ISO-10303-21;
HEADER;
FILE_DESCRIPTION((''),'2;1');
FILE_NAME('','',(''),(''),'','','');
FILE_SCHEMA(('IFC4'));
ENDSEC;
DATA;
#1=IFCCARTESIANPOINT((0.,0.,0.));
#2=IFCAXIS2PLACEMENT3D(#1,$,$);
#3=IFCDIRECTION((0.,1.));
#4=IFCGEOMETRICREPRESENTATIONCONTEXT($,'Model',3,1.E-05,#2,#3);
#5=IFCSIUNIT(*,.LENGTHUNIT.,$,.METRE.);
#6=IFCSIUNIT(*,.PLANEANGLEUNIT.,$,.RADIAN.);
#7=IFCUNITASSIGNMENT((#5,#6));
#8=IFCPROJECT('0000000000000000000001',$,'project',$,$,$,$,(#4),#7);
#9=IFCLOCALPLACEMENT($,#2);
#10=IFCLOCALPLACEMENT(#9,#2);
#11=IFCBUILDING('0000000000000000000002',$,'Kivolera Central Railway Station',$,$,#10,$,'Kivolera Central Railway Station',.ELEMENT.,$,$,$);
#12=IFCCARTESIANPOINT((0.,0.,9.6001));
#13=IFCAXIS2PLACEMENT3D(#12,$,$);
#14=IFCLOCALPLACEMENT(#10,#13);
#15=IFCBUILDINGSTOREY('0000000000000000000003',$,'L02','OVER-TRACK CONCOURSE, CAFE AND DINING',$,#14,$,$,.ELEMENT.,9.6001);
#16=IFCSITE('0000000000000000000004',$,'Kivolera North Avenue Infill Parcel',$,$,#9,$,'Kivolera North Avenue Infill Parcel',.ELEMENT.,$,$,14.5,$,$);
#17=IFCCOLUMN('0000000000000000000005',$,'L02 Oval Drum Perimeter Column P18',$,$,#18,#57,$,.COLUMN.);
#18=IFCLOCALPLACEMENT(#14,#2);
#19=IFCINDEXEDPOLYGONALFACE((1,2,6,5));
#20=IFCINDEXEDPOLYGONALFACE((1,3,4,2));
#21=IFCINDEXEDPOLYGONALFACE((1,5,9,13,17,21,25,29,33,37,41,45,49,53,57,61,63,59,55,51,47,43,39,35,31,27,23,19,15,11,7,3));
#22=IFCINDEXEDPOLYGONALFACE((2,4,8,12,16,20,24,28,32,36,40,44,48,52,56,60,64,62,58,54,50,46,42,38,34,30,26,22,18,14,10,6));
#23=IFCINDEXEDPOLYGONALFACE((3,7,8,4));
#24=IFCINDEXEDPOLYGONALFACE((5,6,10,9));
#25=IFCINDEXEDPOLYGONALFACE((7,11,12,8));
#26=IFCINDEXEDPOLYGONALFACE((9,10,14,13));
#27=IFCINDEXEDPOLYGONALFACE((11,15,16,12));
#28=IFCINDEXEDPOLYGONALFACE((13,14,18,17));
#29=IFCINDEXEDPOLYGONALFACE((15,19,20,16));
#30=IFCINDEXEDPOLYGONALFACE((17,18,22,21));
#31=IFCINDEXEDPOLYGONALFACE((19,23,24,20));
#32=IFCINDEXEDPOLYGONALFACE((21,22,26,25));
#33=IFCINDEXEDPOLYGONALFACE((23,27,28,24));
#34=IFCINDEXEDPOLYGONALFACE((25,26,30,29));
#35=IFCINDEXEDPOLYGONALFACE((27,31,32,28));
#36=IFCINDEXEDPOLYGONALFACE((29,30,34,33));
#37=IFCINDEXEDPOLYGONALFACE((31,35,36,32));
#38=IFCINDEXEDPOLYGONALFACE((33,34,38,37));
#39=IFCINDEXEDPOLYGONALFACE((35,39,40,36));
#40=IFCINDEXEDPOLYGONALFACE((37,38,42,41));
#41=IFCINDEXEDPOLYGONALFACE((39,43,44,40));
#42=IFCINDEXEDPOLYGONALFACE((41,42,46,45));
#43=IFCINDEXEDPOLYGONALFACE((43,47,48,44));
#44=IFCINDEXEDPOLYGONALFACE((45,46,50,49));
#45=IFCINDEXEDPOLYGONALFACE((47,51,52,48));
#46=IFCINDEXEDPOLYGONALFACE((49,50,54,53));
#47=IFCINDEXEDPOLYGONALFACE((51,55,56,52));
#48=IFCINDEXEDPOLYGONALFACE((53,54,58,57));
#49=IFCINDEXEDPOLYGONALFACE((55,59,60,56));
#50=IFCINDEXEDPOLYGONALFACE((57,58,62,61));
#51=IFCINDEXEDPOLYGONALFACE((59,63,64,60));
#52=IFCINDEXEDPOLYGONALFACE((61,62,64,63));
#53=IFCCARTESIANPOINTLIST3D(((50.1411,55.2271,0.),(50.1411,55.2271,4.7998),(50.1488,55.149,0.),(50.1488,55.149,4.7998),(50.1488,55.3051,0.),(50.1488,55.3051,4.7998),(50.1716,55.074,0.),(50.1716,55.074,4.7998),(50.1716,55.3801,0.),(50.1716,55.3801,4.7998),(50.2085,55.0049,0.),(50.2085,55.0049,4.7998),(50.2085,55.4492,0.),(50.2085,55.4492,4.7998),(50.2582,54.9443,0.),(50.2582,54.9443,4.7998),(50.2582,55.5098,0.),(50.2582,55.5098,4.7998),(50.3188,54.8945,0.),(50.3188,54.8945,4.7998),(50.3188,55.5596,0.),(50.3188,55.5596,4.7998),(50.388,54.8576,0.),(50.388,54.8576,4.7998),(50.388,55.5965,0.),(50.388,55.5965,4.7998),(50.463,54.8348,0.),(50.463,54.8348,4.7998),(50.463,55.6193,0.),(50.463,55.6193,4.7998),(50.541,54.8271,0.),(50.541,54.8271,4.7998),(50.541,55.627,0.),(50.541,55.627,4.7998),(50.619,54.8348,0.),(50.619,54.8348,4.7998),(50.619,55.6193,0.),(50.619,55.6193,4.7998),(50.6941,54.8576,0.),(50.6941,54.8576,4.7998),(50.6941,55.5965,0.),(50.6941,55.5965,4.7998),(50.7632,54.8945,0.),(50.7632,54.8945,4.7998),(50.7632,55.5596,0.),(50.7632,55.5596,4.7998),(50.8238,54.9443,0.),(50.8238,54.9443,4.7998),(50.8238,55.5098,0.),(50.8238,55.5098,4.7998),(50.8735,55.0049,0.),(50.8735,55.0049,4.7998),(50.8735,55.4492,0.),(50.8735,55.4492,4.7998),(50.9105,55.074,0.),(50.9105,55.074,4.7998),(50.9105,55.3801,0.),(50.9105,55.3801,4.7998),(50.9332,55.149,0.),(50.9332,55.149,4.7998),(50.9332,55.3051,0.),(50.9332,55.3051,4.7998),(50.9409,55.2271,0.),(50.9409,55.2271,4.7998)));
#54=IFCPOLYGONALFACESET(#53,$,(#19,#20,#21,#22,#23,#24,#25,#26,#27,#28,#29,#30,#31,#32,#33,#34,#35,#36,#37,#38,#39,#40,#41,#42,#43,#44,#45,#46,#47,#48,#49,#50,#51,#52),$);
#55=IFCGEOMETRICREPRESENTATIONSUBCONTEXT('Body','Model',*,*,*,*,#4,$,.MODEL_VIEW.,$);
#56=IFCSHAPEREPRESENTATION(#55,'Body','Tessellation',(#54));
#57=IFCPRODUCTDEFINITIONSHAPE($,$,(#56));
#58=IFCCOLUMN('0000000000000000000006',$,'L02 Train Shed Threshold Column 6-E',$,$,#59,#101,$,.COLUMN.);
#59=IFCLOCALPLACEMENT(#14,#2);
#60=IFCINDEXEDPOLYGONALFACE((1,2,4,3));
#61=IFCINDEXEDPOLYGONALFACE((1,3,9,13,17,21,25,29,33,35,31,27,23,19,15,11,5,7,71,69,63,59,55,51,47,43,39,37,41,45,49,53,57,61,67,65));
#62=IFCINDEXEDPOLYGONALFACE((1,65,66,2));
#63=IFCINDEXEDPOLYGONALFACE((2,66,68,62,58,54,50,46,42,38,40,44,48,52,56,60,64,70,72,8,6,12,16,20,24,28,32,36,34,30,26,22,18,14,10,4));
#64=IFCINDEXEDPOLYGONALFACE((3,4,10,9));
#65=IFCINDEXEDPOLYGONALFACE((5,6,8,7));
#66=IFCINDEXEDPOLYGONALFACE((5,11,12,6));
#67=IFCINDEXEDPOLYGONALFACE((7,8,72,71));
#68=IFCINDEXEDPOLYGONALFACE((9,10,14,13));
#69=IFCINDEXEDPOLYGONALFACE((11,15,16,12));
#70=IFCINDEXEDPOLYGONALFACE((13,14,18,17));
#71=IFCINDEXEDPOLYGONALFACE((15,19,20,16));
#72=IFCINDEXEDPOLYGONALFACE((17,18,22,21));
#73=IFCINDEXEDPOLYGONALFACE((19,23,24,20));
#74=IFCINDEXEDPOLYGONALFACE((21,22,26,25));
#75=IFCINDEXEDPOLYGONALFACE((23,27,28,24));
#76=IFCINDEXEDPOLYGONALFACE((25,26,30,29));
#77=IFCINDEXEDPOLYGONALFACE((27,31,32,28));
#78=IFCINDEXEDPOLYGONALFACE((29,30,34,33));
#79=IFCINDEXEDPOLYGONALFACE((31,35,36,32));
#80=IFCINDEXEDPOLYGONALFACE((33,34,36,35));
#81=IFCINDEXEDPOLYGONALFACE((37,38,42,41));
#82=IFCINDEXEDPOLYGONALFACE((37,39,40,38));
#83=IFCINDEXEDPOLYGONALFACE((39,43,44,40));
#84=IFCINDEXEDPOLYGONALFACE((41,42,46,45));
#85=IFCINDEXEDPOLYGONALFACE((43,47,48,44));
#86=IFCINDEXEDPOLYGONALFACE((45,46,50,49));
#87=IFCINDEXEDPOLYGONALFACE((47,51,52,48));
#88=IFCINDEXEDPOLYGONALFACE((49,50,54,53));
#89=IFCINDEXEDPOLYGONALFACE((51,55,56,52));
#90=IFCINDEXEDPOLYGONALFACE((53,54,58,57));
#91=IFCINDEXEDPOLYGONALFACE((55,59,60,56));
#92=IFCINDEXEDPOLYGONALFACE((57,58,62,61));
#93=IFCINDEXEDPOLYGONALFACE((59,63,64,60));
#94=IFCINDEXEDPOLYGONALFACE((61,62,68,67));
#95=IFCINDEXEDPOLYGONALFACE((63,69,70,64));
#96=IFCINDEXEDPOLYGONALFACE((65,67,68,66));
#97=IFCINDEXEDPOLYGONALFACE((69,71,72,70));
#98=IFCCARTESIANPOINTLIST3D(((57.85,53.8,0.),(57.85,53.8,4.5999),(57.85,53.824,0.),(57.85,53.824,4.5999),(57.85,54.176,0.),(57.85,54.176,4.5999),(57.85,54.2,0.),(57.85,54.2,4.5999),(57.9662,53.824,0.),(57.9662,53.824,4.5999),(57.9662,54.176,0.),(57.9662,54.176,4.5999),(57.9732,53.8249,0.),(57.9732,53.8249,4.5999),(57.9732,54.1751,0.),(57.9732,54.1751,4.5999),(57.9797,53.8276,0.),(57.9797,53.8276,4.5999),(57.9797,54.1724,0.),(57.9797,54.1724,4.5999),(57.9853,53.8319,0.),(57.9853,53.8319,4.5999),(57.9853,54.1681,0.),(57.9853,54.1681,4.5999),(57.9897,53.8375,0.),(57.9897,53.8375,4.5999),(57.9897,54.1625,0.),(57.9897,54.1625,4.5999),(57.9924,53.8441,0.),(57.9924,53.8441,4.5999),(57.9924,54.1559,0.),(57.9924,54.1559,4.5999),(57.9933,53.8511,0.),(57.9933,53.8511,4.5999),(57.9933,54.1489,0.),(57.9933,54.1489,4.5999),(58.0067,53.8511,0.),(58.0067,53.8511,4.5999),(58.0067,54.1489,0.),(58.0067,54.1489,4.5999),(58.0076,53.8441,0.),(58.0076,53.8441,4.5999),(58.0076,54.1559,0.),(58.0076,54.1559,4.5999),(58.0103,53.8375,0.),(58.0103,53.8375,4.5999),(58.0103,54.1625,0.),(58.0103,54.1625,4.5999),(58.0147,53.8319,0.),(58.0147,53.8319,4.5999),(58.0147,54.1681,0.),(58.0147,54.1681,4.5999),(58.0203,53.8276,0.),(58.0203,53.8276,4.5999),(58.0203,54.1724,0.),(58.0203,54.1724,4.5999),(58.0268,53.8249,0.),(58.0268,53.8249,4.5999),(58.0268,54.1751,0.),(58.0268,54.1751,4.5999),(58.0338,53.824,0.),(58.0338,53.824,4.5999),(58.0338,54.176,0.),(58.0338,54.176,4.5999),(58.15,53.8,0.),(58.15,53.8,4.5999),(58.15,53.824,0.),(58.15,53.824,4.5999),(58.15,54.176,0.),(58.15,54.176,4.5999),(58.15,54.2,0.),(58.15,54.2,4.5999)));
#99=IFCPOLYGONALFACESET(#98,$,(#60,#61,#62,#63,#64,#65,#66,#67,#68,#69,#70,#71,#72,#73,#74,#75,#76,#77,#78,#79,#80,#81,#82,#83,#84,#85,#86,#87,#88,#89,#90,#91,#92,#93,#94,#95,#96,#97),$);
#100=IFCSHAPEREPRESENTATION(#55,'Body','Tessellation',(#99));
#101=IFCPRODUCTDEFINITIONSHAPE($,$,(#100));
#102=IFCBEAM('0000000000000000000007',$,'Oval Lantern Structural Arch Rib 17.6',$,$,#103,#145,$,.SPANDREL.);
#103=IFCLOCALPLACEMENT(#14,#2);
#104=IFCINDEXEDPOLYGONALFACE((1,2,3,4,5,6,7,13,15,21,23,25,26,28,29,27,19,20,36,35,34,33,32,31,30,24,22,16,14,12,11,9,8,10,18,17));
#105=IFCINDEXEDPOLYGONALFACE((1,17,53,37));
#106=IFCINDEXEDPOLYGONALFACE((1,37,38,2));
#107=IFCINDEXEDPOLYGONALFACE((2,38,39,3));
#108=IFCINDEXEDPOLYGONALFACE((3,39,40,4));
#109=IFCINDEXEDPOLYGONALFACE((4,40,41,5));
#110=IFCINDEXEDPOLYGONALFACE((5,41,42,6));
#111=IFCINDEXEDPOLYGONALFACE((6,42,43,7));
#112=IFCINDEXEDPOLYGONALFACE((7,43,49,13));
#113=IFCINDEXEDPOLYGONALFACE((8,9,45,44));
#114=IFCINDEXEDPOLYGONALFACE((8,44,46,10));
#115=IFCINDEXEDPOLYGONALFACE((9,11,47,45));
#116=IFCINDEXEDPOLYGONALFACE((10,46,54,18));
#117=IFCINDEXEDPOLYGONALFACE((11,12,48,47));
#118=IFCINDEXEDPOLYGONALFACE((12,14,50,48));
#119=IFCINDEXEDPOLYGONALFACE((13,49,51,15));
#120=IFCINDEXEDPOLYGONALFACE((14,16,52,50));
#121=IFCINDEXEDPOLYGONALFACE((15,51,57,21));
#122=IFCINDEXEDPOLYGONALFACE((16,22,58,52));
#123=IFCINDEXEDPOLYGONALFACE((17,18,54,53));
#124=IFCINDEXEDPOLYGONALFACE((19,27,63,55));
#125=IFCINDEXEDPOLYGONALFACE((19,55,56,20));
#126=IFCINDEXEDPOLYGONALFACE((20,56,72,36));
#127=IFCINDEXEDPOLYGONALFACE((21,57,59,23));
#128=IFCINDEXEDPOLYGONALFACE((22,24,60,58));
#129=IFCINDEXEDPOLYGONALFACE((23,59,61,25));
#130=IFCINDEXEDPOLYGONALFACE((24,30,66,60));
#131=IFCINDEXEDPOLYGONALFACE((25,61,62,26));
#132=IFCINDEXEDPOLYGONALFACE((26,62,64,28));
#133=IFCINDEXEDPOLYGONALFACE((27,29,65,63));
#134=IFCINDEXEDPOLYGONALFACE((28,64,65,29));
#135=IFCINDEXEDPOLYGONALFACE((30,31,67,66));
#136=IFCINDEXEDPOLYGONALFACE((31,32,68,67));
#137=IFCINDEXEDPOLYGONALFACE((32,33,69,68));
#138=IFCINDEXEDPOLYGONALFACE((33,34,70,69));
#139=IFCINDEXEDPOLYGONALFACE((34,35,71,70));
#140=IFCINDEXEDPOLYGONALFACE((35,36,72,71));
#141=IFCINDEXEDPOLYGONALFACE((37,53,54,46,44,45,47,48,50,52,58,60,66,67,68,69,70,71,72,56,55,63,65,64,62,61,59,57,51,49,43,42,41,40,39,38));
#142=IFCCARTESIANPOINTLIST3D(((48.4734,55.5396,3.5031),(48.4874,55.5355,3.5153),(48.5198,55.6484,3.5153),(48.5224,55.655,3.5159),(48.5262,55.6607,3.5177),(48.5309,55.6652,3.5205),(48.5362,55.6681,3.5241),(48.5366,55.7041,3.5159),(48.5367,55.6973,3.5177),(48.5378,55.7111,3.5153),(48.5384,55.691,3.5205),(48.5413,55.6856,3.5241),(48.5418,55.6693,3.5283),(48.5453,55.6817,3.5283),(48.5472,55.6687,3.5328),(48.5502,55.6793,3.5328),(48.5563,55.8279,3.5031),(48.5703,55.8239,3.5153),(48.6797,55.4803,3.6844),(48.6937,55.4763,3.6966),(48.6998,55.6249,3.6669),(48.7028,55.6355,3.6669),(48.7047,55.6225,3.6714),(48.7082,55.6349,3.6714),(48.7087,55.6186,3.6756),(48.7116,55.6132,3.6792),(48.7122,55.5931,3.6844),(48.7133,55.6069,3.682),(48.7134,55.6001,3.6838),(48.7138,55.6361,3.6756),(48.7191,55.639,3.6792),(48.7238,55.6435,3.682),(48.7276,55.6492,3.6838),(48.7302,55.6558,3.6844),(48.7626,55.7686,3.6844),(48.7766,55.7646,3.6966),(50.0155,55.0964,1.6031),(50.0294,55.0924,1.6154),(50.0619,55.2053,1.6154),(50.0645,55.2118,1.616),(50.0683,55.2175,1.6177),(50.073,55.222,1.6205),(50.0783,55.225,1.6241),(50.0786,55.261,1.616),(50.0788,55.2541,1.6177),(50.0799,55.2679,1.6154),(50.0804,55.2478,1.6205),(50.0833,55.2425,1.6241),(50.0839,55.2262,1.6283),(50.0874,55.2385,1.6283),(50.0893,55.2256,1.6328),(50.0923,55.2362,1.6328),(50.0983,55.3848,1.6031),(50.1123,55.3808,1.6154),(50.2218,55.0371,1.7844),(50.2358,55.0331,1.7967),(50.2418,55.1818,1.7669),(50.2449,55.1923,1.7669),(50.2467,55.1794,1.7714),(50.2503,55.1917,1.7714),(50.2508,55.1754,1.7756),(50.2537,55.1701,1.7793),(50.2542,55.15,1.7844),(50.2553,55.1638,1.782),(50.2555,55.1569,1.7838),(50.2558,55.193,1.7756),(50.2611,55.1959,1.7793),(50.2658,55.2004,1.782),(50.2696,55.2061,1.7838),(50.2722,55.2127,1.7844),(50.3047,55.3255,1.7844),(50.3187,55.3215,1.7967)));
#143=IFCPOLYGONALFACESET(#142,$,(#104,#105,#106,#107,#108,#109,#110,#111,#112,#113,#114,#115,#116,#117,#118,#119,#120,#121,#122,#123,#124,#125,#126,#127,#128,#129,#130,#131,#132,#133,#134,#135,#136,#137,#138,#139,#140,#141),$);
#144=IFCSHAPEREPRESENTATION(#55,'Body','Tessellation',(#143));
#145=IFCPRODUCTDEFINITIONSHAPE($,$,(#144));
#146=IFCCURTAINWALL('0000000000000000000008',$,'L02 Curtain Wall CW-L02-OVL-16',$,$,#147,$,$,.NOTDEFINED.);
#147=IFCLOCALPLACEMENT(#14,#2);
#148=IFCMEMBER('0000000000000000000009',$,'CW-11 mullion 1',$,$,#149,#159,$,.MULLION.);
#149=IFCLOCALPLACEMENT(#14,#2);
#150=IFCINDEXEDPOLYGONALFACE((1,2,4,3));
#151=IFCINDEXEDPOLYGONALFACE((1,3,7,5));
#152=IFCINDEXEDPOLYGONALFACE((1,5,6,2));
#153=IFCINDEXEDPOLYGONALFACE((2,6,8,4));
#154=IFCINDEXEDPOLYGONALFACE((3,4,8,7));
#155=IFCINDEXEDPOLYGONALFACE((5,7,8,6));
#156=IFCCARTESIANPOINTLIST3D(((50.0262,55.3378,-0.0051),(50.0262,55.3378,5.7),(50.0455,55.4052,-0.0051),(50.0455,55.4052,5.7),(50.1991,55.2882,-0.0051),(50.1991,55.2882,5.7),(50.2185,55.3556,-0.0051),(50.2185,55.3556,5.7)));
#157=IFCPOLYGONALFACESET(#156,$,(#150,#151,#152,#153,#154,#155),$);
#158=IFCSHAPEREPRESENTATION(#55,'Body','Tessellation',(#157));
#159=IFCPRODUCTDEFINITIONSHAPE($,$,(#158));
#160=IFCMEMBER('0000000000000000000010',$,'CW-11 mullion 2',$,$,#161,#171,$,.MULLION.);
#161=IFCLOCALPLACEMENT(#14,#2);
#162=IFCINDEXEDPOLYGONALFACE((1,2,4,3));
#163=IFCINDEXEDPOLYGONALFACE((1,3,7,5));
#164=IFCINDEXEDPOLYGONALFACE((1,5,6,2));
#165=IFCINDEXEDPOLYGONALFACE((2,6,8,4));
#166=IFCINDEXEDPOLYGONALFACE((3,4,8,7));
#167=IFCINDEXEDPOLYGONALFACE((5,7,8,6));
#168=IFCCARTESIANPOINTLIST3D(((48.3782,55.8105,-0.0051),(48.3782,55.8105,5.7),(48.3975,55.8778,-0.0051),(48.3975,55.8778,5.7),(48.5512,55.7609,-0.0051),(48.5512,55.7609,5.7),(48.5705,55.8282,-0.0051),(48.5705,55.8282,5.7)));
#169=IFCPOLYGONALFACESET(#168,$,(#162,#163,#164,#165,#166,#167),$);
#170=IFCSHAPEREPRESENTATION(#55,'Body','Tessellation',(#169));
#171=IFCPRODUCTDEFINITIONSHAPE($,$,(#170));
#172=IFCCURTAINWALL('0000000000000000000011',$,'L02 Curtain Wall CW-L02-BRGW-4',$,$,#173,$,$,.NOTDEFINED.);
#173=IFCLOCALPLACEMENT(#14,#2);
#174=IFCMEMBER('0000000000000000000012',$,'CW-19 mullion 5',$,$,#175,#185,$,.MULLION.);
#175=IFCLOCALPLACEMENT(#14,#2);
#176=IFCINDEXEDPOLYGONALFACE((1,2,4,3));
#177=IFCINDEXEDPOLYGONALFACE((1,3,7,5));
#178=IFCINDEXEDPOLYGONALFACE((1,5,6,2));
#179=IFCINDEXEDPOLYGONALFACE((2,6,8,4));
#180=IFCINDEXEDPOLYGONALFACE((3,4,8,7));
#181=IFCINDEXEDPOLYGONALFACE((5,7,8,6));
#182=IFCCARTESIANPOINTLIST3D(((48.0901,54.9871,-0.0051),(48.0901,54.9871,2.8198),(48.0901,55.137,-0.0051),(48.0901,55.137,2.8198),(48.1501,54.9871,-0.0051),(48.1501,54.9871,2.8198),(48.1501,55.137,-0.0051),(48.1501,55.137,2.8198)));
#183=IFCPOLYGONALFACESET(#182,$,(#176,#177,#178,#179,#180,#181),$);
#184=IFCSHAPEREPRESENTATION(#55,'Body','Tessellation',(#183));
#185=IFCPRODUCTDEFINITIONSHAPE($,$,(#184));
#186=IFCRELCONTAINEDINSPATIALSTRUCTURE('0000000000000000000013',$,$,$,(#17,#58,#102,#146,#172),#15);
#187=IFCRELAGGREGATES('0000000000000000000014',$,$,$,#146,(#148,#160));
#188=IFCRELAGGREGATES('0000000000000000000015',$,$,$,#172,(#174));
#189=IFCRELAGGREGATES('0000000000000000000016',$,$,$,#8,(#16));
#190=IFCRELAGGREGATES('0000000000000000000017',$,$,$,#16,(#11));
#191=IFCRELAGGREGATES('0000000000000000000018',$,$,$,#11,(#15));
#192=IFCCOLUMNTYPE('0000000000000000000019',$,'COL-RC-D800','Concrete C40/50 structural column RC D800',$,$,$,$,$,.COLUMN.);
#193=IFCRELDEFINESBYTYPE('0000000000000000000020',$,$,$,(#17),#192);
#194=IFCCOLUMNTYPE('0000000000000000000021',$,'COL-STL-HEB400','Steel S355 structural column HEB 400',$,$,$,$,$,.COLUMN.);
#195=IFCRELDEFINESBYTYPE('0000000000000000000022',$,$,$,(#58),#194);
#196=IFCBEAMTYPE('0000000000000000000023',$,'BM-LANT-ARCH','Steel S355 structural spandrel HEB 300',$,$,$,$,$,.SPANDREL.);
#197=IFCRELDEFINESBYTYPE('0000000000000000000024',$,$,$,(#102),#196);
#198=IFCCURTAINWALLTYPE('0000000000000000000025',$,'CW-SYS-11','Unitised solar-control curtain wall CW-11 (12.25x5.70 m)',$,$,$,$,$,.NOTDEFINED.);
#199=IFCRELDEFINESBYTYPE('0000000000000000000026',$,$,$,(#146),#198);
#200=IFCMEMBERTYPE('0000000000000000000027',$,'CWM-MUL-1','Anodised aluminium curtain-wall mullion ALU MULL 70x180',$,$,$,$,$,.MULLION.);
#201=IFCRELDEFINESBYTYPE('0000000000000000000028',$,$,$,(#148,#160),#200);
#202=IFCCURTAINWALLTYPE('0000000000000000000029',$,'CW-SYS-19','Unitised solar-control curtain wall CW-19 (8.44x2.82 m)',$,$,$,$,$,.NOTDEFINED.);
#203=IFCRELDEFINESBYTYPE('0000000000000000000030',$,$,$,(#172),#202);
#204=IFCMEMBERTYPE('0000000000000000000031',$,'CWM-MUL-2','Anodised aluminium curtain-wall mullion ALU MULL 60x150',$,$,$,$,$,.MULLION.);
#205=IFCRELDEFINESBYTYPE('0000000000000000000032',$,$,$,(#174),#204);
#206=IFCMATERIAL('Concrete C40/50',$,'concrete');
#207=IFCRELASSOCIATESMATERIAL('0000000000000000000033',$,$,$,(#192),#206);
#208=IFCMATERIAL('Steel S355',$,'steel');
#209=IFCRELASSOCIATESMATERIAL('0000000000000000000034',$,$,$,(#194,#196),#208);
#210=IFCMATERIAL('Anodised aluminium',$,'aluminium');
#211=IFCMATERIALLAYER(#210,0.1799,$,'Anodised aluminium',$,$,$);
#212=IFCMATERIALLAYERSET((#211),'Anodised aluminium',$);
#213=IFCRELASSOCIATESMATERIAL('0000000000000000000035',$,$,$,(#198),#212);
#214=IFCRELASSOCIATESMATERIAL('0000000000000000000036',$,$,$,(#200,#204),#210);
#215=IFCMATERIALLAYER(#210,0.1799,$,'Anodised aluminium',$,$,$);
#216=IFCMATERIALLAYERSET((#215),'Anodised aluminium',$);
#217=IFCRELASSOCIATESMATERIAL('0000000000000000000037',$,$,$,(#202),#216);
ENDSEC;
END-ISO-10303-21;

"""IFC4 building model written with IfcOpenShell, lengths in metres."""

from ifc_helpers import new_model, si_unit, direction, frame, origin, origin_2d, place, context, subcontext, project, spatial, rectangle, circle, i_section, extrude, material, layer, layer_set, material_profile, profile_set, type_object, element, aggregate, save


model = new_model("IFC4")

# Units and contexts
model_context = context("Model", 3, precision=1e-05, world=origin(), true_north=direction((0.0, 1.0)))
body_context = subcontext(model_context, "Body", "Model", "MODEL_VIEW")
ifc_project = project(units=[si_unit("LENGTHUNIT", "METRE"), si_unit("PLANEANGLEUNIT", "RADIAN")], contexts=[model_context])

# Site, building, storey
site_placement = place(None, origin())
site = spatial("IfcSite", under=ifc_project, at=site_placement, Name="Kivolera North Avenue Infill Parcel", LongName="Kivolera North Avenue Infill Parcel", CompositionType="ELEMENT", RefElevation=14.5)
building_placement = place(site_placement, origin())
building = spatial("IfcBuilding", under=site, at=building_placement, Name="Kivolera Central Railway Station", LongName="Kivolera Central Railway Station", CompositionType="ELEMENT")
storey_placement = place(building_placement, frame((0.0, 0.0, 9.6001)))
storey = spatial("IfcBuildingStorey", under=building, at=storey_placement, Name="L02", Description="OVER-TRACK CONCOURSE, CAFE AND DINING", CompositionType="ELEMENT", Elevation=9.6001)

# Columns
ifc_material_1 = material(Name="Concrete C40/50", Category="concrete")
ifc_material_profile_1 = material_profile(ifc_material_1, circle(Radius=0.3999, at=origin_2d()), Name="RC D800")
ifc_profile_set_1 = profile_set([ifc_material_profile_1], Name="Concrete C40/50")
column_type_1 = type_object("IfcColumnType", Name="COL-RC-D800", Description="Concrete C40/50 structural column RC D800", PredefinedType="COLUMN", material=ifc_profile_set_1)
column_1_placement = place(storey_placement, frame((50.541, 55.2271, 0.0), z_axis=(0.0, 0.0, 1.0), x_axis=(1.0, 0.0, 0.0)))
element("IfcColumn", 1, at=column_1_placement, inside=storey, type_object=column_type_1, Name="L02 Oval Drum Perimeter Column P18", PredefinedType="COLUMN", context=body_context, shape_type="SweptSolid", body=[
    extrude(circle(Radius=0.3999, at=origin_2d()), origin(), (0.0, 0.0, 1.0), 4.7998),
])
ifc_material_2 = material(Name="Steel S355", Category="steel")
ifc_material_profile_2 = material_profile(ifc_material_2, i_section(OverallWidth=0.3, OverallDepth=0.3999, WebThickness=0.0134, FlangeThickness=0.0239, FilletRadius=0.0271, at=origin_2d()), Name="HEB 400")
ifc_profile_set_2 = profile_set([ifc_material_profile_2], Name="Steel S355")
column_type_2 = type_object("IfcColumnType", Name="COL-STL-HEB400", Description="Steel S355 structural column HEB 400", PredefinedType="COLUMN", material=ifc_profile_set_2)
column_2_placement = place(storey_placement, frame((58.0, 54.0, 0.0), z_axis=(0.0, 0.0, 1.0), x_axis=(1.0, 0.0, 0.0)))
element("IfcColumn", 2, at=column_2_placement, inside=storey, type_object=column_type_2, Name="L02 Train Shed Threshold Column 6-E", PredefinedType="COLUMN", context=body_context, shape_type="SweptSolid", body=[
    extrude(i_section(OverallWidth=0.3, OverallDepth=0.3999, WebThickness=0.0134, FlangeThickness=0.0239, FilletRadius=0.0271, at=origin_2d()), origin(), (0.0, 0.0, 1.0), 4.5999),
])

# Beam
ifc_material_profile_3 = material_profile(ifc_material_2, i_section(OverallWidth=0.3, OverallDepth=0.3, WebThickness=0.011, FlangeThickness=0.019, FilletRadius=0.0271, at=origin_2d()), Name="HEB 300")
ifc_profile_set_3 = profile_set([ifc_material_profile_3], Name="Steel S355")
beam_type = type_object("IfcBeamType", Name="BM-LANT-ARCH", Description="Steel S355 structural spandrel HEB 300", PredefinedType="SPANDREL", material=ifc_profile_set_3)
beam_placement = place(storey_placement, frame((48.625, 55.6521, 3.5999), z_axis=(0.620094, -0.178193, -0.764023), x_axis=(0.276188, 0.961104, 0.0)))
element("IfcBeam", 3, at=beam_placement, inside=storey, type_object=beam_type, Name="Oval Lantern Structural Arch Rib 17.6", PredefinedType="SPANDREL", context=body_context, shape_type="SweptSolid", body=[
    extrude(i_section(OverallWidth=0.3, OverallDepth=0.3, WebThickness=0.011, FlangeThickness=0.019, FilletRadius=0.0271, at=origin_2d()), origin(), (0.0, 0.0, 1.0), 2.4868),
])

# Curtain walls, members
ifc_material_3 = material(Name="Anodised aluminium", Category="aluminium")
ifc_layer_1 = layer(ifc_material_3, 0.1799, Name="Anodised aluminium")
ifc_layer_set_1 = layer_set([ifc_layer_1], Name="Anodised aluminium")
curtain_wall_type_1 = type_object("IfcCurtainWallType", Name="CW-SYS-11", Description="Unitised solar-control curtain wall CW-11 (12.25x5.70 m)", PredefinedType="NOTDEFINED", material=ifc_layer_set_1)
curtain_wall_1_placement = place(storey_placement, origin())
curtain_wall_1 = element("IfcCurtainWall", 4, at=curtain_wall_1_placement, inside=storey, type_object=curtain_wall_type_1, Name="L02 Curtain Wall CW-L02-OVL-16", PredefinedType="NOTDEFINED")
ifc_material_profile_4 = material_profile(ifc_material_3, rectangle(XDim=0.0701, YDim=0.1799, at=origin_2d()), Name="ALU MULL 70x180")
ifc_profile_set_4 = profile_set([ifc_material_profile_4], Name="Anodised aluminium")
member_type_1 = type_object("IfcMemberType", Name="CWM-MUL-1", Description="Anodised aluminium curtain-wall mullion ALU MULL 70x180", PredefinedType="MULLION", material=ifc_profile_set_4)
member_1_placement = place(storey_placement, frame((50.1223, 55.3467, -0.0051), z_axis=(0.0, 0.0, 1.0), x_axis=(-0.275692, -0.961246, 0.0)))
member_1 = element("IfcMember", 5, at=member_1_placement, type_object=member_type_1, Name="CW-11 mullion 1", PredefinedType="MULLION", context=body_context, shape_type="SweptSolid", body=[
    extrude(rectangle(XDim=0.0701, YDim=0.1799, at=origin_2d()), origin(), (0.0, 0.0, 1.0), 5.7051),
])
member_2_placement = place(storey_placement, frame((48.4744, 55.8193, -0.0051), z_axis=(0.0, 0.0, 1.0), x_axis=(-0.275692, -0.961246, 0.0)))
member_2 = element("IfcMember", 6, at=member_2_placement, type_object=member_type_1, Name="CW-11 mullion 2", PredefinedType="MULLION", context=body_context, shape_type="SweptSolid", body=[
    extrude(rectangle(XDim=0.0701, YDim=0.1799, at=origin_2d()), origin(), (0.0, 0.0, 1.0), 5.7051),
])
ifc_layer_2 = layer(ifc_material_3, 0.1799, Name="Anodised aluminium")
ifc_layer_set_2 = layer_set([ifc_layer_2], Name="Anodised aluminium")
curtain_wall_type_2 = type_object("IfcCurtainWallType", Name="CW-SYS-19", Description="Unitised solar-control curtain wall CW-19 (8.44x2.82 m)", PredefinedType="NOTDEFINED", material=ifc_layer_set_2)
curtain_wall_2_placement = place(storey_placement, origin())
curtain_wall_2 = element("IfcCurtainWall", 7, at=curtain_wall_2_placement, inside=storey, type_object=curtain_wall_type_2, Name="L02 Curtain Wall CW-L02-BRGW-4", PredefinedType="NOTDEFINED")
ifc_material_profile_5 = material_profile(ifc_material_3, rectangle(XDim=0.0601, YDim=0.1499, at=origin_2d()), Name="ALU MULL 60x150")
ifc_profile_set_5 = profile_set([ifc_material_profile_5], Name="Anodised aluminium")
member_type_2 = type_object("IfcMemberType", Name="CWM-MUL-2", Description="Anodised aluminium curtain-wall mullion ALU MULL 60x150", PredefinedType="MULLION", material=ifc_profile_set_5)
member_3_placement = place(storey_placement, frame((48.1201, 55.062, -0.0051), z_axis=(0.0, 0.0, 1.0), x_axis=(-1.0, 0.0, 0.0)))
member_3 = element("IfcMember", 8, at=member_3_placement, type_object=member_type_2, Name="CW-19 mullion 5", PredefinedType="MULLION", context=body_context, shape_type="SweptSolid", body=[
    extrude(rectangle(XDim=0.0601, YDim=0.1499, at=origin_2d()), origin(), (0.0, 0.0, 1.0), 2.825),
])

aggregate(curtain_wall_1, [member_1, member_2])
aggregate(curtain_wall_2, [member_3])

save(model, "model.ifc")
